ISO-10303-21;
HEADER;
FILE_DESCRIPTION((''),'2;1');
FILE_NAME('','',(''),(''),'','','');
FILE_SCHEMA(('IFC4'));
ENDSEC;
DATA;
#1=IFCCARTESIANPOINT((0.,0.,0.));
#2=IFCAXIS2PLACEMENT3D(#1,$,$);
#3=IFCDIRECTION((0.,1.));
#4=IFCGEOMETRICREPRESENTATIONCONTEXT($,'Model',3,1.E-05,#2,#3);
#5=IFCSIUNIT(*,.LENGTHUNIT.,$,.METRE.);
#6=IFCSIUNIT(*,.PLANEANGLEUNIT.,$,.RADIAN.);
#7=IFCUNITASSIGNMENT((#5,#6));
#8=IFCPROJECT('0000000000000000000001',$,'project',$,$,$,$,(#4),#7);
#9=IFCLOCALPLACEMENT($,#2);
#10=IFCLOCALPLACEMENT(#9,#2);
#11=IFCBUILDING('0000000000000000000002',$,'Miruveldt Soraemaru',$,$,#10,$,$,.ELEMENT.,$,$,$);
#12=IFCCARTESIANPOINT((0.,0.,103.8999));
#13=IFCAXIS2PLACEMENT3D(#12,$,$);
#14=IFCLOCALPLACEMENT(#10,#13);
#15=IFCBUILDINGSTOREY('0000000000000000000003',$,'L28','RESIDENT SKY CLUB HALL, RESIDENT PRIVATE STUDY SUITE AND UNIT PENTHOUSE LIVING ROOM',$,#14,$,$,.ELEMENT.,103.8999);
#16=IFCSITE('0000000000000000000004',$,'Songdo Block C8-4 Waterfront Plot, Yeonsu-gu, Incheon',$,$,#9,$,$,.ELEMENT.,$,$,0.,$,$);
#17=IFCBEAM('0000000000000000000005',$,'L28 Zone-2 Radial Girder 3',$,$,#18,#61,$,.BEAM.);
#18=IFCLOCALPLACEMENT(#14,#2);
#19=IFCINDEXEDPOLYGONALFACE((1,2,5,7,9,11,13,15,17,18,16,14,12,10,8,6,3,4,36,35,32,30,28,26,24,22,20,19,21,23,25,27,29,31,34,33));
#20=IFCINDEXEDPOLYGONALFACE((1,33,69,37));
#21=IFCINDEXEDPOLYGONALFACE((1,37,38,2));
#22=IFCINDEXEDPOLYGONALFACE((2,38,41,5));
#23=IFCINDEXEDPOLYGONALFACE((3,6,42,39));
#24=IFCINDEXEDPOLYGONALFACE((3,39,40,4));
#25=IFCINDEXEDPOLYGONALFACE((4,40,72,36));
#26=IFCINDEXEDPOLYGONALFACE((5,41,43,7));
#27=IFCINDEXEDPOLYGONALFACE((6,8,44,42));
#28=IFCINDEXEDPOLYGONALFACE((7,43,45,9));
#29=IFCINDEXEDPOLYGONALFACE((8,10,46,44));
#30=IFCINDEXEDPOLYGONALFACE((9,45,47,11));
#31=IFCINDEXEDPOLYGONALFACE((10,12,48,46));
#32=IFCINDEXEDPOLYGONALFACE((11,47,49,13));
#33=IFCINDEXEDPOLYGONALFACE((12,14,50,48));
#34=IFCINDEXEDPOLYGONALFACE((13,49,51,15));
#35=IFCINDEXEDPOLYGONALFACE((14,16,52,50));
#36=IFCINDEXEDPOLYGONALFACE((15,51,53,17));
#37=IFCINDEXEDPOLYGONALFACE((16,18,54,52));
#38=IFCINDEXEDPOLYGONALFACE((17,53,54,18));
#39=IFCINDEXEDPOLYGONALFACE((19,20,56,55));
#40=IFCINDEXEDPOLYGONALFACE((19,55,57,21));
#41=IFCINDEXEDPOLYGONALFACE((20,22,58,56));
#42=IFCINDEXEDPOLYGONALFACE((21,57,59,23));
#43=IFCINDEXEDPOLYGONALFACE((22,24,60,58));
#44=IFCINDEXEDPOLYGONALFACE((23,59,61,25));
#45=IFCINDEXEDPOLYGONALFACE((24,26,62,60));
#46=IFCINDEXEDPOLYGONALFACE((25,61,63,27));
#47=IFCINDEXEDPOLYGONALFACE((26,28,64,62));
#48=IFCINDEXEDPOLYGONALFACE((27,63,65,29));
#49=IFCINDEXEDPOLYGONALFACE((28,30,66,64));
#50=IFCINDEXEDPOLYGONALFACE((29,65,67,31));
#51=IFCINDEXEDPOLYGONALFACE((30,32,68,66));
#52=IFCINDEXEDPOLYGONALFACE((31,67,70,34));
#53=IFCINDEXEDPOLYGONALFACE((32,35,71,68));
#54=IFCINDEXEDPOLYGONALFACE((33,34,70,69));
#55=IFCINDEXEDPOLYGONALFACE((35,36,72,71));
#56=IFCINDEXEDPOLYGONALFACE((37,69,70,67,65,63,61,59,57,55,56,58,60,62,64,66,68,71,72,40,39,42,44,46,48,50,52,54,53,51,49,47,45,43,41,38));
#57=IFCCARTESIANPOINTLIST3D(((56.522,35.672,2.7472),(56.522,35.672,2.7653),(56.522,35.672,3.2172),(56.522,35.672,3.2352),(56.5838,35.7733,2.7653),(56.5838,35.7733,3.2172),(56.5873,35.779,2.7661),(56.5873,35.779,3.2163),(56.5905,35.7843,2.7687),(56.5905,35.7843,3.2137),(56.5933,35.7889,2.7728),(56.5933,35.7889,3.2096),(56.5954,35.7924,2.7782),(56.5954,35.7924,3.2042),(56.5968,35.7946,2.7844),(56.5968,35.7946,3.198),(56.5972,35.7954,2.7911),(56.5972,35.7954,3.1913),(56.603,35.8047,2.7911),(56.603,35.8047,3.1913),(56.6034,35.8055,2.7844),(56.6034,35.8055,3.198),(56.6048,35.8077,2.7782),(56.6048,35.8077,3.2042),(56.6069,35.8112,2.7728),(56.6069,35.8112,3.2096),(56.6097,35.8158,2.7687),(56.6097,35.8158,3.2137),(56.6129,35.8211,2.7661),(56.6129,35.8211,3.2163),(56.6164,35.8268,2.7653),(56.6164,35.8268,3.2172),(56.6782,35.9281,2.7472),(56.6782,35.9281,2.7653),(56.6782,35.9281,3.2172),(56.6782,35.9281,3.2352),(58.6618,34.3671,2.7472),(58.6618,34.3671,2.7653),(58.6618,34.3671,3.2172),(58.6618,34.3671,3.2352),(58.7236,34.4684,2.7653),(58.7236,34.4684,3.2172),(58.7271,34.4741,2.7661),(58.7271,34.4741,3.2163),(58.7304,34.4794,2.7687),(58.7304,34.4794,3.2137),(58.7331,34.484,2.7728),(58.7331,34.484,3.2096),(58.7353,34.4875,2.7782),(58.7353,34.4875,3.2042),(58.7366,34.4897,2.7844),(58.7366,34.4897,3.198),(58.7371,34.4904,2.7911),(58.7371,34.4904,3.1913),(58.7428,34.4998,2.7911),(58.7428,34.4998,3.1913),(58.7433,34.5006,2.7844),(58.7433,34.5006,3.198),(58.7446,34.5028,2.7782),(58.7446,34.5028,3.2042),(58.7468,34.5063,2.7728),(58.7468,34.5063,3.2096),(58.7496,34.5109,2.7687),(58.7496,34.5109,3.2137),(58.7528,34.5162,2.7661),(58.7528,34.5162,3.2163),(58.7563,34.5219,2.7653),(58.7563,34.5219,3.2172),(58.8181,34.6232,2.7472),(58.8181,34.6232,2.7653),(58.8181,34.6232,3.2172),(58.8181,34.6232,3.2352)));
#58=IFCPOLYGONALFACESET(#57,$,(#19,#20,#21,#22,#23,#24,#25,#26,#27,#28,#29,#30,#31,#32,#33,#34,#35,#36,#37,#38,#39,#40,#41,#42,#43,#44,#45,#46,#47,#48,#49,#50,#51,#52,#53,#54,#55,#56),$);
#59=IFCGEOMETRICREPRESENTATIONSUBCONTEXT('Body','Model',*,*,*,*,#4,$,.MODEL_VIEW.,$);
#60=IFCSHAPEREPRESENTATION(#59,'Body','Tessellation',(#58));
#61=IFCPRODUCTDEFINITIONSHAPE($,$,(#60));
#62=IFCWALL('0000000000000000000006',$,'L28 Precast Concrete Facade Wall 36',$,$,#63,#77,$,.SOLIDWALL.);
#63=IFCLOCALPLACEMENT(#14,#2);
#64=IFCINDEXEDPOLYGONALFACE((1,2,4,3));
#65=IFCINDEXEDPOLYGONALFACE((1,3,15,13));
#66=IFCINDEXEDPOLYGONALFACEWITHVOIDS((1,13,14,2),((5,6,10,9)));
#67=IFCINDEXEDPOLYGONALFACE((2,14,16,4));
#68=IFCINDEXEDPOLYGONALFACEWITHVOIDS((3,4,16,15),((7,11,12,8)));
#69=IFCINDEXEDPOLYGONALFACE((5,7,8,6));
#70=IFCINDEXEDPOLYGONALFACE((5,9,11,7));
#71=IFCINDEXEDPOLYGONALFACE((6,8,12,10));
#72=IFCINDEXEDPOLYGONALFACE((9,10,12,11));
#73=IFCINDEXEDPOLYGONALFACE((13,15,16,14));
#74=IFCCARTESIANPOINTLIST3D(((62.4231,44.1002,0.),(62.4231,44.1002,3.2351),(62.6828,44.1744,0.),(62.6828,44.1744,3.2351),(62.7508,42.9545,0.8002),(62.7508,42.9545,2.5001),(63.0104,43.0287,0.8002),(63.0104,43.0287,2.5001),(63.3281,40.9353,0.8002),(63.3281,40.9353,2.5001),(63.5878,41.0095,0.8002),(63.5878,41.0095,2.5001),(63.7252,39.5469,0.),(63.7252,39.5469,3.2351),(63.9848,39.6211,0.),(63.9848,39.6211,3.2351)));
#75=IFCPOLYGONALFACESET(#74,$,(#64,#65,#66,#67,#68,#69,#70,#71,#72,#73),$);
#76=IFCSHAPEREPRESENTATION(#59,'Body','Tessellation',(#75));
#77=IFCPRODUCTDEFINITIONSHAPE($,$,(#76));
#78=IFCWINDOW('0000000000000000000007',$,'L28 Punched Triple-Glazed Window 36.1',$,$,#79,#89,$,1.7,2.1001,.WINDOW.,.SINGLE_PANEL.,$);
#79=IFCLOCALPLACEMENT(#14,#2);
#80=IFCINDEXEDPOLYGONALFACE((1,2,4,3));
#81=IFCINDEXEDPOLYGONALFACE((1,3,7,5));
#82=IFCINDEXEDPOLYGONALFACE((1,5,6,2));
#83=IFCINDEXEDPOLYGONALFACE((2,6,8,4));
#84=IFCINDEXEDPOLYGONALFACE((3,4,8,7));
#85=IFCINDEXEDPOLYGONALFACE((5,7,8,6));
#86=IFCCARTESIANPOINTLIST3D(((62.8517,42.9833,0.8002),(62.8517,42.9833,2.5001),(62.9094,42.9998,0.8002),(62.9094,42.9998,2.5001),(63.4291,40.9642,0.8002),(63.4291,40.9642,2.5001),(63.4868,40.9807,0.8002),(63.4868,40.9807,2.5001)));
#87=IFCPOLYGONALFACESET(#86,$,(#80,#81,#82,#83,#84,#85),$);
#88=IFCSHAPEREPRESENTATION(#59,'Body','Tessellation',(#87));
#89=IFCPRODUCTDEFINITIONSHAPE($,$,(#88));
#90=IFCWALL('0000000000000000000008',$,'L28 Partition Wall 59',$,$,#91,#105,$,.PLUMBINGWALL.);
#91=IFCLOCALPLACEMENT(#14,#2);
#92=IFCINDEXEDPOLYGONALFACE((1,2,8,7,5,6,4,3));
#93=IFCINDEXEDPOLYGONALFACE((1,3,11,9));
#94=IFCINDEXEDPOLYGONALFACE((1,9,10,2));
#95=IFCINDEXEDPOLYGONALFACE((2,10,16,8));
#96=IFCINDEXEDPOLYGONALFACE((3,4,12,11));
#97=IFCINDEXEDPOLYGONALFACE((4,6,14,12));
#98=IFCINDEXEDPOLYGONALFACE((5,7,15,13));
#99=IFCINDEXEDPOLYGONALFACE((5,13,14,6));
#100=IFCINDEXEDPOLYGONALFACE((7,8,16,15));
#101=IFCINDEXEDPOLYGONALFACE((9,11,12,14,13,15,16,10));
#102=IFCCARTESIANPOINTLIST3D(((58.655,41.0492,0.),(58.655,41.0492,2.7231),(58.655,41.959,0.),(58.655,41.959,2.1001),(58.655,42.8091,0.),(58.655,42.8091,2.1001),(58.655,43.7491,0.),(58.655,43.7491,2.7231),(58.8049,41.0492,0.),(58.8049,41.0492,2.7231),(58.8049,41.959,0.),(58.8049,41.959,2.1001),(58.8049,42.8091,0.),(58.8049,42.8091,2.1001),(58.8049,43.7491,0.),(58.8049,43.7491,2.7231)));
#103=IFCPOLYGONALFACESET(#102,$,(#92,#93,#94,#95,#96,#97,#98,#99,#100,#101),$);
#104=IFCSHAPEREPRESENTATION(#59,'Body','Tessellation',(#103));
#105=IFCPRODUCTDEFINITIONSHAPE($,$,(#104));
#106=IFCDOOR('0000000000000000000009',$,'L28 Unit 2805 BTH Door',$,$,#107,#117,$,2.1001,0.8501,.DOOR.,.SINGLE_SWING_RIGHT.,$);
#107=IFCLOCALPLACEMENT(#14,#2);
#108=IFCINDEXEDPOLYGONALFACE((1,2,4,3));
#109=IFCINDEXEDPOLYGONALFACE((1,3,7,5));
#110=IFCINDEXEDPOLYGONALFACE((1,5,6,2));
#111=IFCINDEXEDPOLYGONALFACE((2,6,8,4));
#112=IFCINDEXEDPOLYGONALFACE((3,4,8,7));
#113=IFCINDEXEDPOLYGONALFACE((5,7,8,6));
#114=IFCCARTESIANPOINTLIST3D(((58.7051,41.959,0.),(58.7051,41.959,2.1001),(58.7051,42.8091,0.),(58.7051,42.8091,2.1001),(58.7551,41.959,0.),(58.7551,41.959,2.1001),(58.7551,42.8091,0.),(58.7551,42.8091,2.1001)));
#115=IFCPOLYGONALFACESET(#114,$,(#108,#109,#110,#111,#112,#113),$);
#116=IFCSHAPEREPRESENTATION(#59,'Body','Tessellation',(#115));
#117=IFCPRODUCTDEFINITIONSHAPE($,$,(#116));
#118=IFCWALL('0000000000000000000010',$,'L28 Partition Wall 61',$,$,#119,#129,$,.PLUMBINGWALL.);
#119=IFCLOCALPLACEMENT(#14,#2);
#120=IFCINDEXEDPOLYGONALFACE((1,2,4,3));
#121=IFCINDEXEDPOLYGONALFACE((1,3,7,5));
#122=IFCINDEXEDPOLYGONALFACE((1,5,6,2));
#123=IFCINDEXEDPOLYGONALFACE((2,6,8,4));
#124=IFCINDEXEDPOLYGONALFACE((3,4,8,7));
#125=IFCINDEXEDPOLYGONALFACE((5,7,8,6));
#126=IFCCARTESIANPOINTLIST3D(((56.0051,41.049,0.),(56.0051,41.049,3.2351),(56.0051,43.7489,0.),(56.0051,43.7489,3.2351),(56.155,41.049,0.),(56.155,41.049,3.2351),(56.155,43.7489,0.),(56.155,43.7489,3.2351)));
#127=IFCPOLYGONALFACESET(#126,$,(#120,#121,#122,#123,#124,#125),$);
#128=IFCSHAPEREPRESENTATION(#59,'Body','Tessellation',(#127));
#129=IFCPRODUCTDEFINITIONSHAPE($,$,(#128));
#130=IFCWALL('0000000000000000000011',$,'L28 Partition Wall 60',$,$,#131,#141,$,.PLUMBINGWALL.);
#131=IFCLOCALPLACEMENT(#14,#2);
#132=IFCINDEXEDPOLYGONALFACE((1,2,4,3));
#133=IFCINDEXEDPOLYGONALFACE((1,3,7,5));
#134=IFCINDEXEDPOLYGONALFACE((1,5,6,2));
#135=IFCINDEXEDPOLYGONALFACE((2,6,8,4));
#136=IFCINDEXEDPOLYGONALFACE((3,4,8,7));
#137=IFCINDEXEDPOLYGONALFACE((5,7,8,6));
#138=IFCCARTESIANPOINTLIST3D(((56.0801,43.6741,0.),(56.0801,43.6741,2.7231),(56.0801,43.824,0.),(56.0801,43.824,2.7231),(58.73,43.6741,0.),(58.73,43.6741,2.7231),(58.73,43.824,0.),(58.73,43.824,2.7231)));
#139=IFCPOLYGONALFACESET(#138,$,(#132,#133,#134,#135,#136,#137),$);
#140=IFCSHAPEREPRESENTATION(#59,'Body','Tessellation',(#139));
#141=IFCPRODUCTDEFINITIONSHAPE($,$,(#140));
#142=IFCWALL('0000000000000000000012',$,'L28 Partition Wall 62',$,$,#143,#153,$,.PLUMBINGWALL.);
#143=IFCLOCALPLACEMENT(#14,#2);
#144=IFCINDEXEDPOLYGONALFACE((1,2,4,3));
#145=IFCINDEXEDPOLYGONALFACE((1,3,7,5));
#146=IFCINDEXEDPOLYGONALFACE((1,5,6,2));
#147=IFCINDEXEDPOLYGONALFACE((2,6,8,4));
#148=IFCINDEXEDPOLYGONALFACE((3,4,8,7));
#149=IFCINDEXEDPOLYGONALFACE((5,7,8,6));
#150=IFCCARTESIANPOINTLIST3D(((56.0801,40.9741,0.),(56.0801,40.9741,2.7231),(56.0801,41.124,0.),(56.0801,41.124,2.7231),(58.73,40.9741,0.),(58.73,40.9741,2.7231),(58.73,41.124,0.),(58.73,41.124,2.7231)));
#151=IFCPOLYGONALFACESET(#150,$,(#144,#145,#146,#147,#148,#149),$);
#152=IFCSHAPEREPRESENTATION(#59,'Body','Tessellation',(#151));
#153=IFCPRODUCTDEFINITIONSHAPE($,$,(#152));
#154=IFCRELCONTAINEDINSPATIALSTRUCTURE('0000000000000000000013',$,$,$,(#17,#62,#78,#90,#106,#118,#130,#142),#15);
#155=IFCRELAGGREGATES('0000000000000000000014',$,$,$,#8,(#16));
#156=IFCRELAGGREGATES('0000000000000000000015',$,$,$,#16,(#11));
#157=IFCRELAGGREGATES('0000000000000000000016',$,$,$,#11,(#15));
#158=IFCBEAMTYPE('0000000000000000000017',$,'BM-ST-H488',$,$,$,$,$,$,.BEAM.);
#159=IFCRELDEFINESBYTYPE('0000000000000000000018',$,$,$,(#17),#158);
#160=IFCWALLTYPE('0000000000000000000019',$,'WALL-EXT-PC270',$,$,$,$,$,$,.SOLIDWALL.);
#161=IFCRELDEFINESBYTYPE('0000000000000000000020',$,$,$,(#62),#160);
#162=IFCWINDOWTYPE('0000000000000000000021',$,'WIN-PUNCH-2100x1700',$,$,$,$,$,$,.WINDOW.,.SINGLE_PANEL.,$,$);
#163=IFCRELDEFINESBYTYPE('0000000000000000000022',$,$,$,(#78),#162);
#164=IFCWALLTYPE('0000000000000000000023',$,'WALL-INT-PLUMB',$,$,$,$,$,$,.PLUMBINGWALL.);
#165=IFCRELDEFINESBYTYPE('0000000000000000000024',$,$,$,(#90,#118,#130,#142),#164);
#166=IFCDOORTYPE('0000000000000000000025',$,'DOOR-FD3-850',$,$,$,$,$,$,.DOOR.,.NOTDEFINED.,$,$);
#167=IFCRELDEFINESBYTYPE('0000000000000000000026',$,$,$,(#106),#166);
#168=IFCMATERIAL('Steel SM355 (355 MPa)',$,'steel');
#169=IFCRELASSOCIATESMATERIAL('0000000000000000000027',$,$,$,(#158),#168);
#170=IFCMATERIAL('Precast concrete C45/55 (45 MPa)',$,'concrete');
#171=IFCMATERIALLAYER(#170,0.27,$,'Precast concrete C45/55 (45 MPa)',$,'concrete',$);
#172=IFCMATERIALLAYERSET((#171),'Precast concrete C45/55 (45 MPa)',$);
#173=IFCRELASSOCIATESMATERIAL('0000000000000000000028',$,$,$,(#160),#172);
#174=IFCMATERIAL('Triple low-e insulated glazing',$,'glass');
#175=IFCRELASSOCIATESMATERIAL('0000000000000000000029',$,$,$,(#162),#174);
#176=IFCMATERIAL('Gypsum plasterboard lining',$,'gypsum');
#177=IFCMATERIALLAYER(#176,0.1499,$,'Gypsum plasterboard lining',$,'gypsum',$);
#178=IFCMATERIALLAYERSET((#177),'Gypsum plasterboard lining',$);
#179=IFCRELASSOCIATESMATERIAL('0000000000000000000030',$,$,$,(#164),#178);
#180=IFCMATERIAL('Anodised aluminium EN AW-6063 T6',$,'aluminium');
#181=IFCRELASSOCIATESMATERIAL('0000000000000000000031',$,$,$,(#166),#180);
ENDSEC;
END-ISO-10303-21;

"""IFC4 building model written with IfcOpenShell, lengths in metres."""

from ifc_helpers import new_model, si_unit, direction, frame, frame_2d, origin, origin_2d, place, context, subcontext, project, spatial, rectangle, i_section, extrude, material, layer, layer_set, material_profile, profile_set, type_object, element, fill, save


model = new_model("IFC4")

# Units and contexts
model_context = context("Model", 3, precision=1e-05, world=origin(), true_north=direction((0.0, 1.0)))
body_context = subcontext(model_context, "Body", "Model", "MODEL_VIEW")
ifc_project = project(units=[si_unit("LENGTHUNIT", "METRE"), si_unit("PLANEANGLEUNIT", "RADIAN")], contexts=[model_context])

# Site, building, storey
site_placement = place(None, origin())
site = spatial("IfcSite", under=ifc_project, at=site_placement, Name="Songdo Block C8-4 Waterfront Plot, Yeonsu-gu, Incheon", CompositionType="ELEMENT", RefElevation=0.0)
building_placement = place(site_placement, origin())
building = spatial("IfcBuilding", under=site, at=building_placement, Name="Miruveldt Soraemaru", CompositionType="ELEMENT")
storey_placement = place(building_placement, frame((0.0, 0.0, 103.8999)))
storey = spatial("IfcBuildingStorey", under=building, at=storey_placement, Name="L28", Description="RESIDENT SKY CLUB HALL, RESIDENT PRIVATE STUDY SUITE AND UNIT PENTHOUSE LIVING ROOM", CompositionType="ELEMENT", Elevation=103.8999)

# Beam
ifc_material_1 = material(Name="Steel SM355 (355 MPa)", Category="steel")
ifc_material_profile_1 = material_profile(ifc_material_1, i_section(OverallWidth=0.3, OverallDepth=0.488, WebThickness=0.011, FlangeThickness=0.0181, FilletRadius=0.0259, at=origin_2d()), Name="Steel SM355 (355 MPa)", Category="steel")
ifc_profile_set_1 = profile_set([ifc_material_profile_1], Name="Steel SM355 (355 MPa)")
beam_type_1 = type_object("IfcBeamType", Name="BM-ST-H488", PredefinedType="BEAM", material=ifc_profile_set_1)
beam_1_placement = place(storey_placement, frame((56.6001, 35.8, 2.9912), z_axis=(0.853775, -0.520642, 0.0), x_axis=(0.520642, 0.853775, 0.0)))
element("IfcBeam", 1, at=beam_1_placement, inside=storey, type_object=beam_type_1, Name="L28 Zone-2 Radial Girder 3", PredefinedType="BEAM", context=body_context, shape_type="SweptSolid", body=[
    extrude(i_section(OverallWidth=0.3, OverallDepth=0.488, WebThickness=0.011, FlangeThickness=0.0181, FilletRadius=0.0259, at=origin_2d()), origin(), (0.0, 0.0, 1.0), 2.5063),
])

# Wall, opening, window
ifc_material_2 = material(Name="Precast concrete C45/55 (45 MPa)", Category="concrete")
ifc_layer_1 = layer(ifc_material_2, 0.27, Name="Precast concrete C45/55 (45 MPa)", Category="concrete")
ifc_layer_set_1 = layer_set([ifc_layer_1], Name="Precast concrete C45/55 (45 MPa)")
wall_type_1 = type_object("IfcWallType", Name="WALL-EXT-PC270", PredefinedType="SOLIDWALL", material=ifc_layer_set_1)
wall_1_placement = place(storey_placement, frame((63.855, 39.584, 0.0), z_axis=(0.0, 0.0, 1.0), x_axis=(-0.274932, 0.961464, 0.0)))
wall_1 = element("IfcWall", 2, at=wall_1_placement, inside=storey, type_object=wall_type_1, Name="L28 Precast Concrete Facade Wall 36", PredefinedType="SOLIDWALL", context=body_context, shape_type="SweptSolid", body=[
    extrude(rectangle(XDim=4.7358, YDim=0.27, at=frame_2d((2.3679, 0.0))), origin(), (0.0, 0.0, 1.0), 3.2351),
])
opening_1_placement = place(wall_1_placement, frame((1.4441, 0.0, 0.8)))
opening_1 = element("IfcOpeningElement", 3, at=opening_1_placement, cuts=wall_1, PredefinedType="OPENING", context=body_context, shape_type="SweptSolid", body=[
    extrude(rectangle(XDim=2.1001, YDim=1.7, at=frame_2d((1.05, 0.8501))), frame((0.0, 0.145, 0.0), z_axis=(0.0, -1.0, 0.0), x_axis=(1.0, 0.0, 0.0)), (0.0, 0.0, 1.0), 0.29),
])
ifc_material_3 = material(Name="Triple low-e insulated glazing", Category="glass")
window_type = type_object("IfcWindowType", Name="WIN-PUNCH-2100x1700", PartitioningType="SINGLE_PANEL", PredefinedType="WINDOW", material=ifc_material_3)
window_placement = place(opening_1_placement, origin())
window = element("IfcWindow", 4, at=window_placement, inside=storey, type_object=window_type, Name="L28 Punched Triple-Glazed Window 36.1", OverallHeight=1.7, OverallWidth=2.1001, PartitioningType="SINGLE_PANEL", PredefinedType="WINDOW", context=body_context, shape_type="SweptSolid", body=[
    extrude(rectangle(XDim=2.1001, YDim=1.7, at=frame_2d((1.05, 0.8501))), frame((0.0, 0.03, 0.0), z_axis=(0.0, -1.0, 0.0), x_axis=(1.0, 0.0, 0.0)), (0.0, 0.0, 1.0), 0.0601),
])
fill(opening_1, window)

# Wall, opening, door
ifc_material_4 = material(Name="Gypsum plasterboard lining", Category="gypsum")
ifc_layer_2 = layer(ifc_material_4, 0.1499, Name="Gypsum plasterboard lining", Category="gypsum")
ifc_layer_set_2 = layer_set([ifc_layer_2], Name="Gypsum plasterboard lining")
wall_type_2 = type_object("IfcWallType", Name="WALL-INT-PLUMB", PredefinedType="PLUMBINGWALL", material=ifc_layer_set_2)
wall_2_placement = place(storey_placement, frame((58.73, 41.0491, 0.0), z_axis=(0.0, 0.0, 1.0), x_axis=(0.0, 1.0, 0.0)))
wall_2 = element("IfcWall", 5, at=wall_2_placement, inside=storey, type_object=wall_type_2, Name="L28 Partition Wall 59", PredefinedType="PLUMBINGWALL", context=body_context, shape_type="SweptSolid", body=[
    extrude(rectangle(XDim=2.7, YDim=0.1499, at=frame_2d((1.3501, 0.0))), origin(), (0.0, 0.0, 1.0), 2.7231),
])
opening_2_placement = place(wall_2_placement, frame((0.9099, 0.0, 0.0)))
opening_2 = element("IfcOpeningElement", 6, at=opening_2_placement, cuts=wall_2, PredefinedType="OPENING", context=body_context, shape_type="SweptSolid", body=[
    extrude(rectangle(XDim=0.8501, YDim=2.1001, at=frame_2d((0.425, 1.05))), frame((0.0, 0.085, 0.0), z_axis=(0.0, -1.0, 0.0), x_axis=(1.0, 0.0, 0.0)), (0.0, 0.0, 1.0), 0.1699),
])
ifc_material_5 = material(Name="Anodised aluminium EN AW-6063 T6", Category="aluminium")
door_type_1 = type_object("IfcDoorType", Name="DOOR-FD3-850", OperationType="NOTDEFINED", PredefinedType="DOOR", material=ifc_material_5)
door_1_placement = place(opening_2_placement, origin())
door_1 = element("IfcDoor", 7, at=door_1_placement, inside=storey, type_object=door_type_1, Name="L28 Unit 2805 BTH Door", OperationType="SINGLE_SWING_RIGHT", OverallHeight=2.1001, OverallWidth=0.8501, PredefinedType="DOOR", context=body_context, shape_type="SweptSolid", body=[
    extrude(rectangle(XDim=0.8501, YDim=2.1001, at=frame_2d((0.425, 1.05))), frame((0.0, 0.0249, 0.0), z_axis=(0.0, -1.0, 0.0), x_axis=(1.0, 0.0, 0.0)), (0.0, 0.0, 1.0), 0.05),
])
fill(opening_2, door_1)

# Walls
wall_3_placement = place(storey_placement, frame((56.0801, 43.749, 0.0), z_axis=(0.0, 0.0, 1.0), x_axis=(0.0, -1.0, 0.0)))
element("IfcWall", 8, at=wall_3_placement, inside=storey, type_object=wall_type_2, Name="L28 Partition Wall 61", PredefinedType="PLUMBINGWALL", context=body_context, shape_type="SweptSolid", body=[
    extrude(rectangle(XDim=2.7, YDim=0.1499, at=frame_2d((1.3501, 0.0))), origin(), (0.0, 0.0, 1.0), 3.2351),
])
for number, where, z_axis, x_axis, name in (
    (9, (58.73, 43.749, 0.0), (0.0, 0.0, 1.0), (-1.0, 0.0, 0.0), "L28 Partition Wall 60"),
    (10, (56.0801, 41.0491, 0.0), (0.0, 0.0, 1.0), (1.0, 0.0, 0.0), "L28 Partition Wall 62"),
):
    element("IfcWall", number, at=place(storey_placement, frame(where, z_axis=z_axis, x_axis=x_axis)), inside=storey, type_object=wall_type_2, Name=name, PredefinedType="PLUMBINGWALL", context=body_context, shape_type="SweptSolid", body=[
        extrude(rectangle(XDim=2.6499, YDim=0.1499, at=frame_2d((1.325, 0.0))), origin(), (0.0, 0.0, 1.0), 2.7231),
    ])

save(model, "model.ifc")
